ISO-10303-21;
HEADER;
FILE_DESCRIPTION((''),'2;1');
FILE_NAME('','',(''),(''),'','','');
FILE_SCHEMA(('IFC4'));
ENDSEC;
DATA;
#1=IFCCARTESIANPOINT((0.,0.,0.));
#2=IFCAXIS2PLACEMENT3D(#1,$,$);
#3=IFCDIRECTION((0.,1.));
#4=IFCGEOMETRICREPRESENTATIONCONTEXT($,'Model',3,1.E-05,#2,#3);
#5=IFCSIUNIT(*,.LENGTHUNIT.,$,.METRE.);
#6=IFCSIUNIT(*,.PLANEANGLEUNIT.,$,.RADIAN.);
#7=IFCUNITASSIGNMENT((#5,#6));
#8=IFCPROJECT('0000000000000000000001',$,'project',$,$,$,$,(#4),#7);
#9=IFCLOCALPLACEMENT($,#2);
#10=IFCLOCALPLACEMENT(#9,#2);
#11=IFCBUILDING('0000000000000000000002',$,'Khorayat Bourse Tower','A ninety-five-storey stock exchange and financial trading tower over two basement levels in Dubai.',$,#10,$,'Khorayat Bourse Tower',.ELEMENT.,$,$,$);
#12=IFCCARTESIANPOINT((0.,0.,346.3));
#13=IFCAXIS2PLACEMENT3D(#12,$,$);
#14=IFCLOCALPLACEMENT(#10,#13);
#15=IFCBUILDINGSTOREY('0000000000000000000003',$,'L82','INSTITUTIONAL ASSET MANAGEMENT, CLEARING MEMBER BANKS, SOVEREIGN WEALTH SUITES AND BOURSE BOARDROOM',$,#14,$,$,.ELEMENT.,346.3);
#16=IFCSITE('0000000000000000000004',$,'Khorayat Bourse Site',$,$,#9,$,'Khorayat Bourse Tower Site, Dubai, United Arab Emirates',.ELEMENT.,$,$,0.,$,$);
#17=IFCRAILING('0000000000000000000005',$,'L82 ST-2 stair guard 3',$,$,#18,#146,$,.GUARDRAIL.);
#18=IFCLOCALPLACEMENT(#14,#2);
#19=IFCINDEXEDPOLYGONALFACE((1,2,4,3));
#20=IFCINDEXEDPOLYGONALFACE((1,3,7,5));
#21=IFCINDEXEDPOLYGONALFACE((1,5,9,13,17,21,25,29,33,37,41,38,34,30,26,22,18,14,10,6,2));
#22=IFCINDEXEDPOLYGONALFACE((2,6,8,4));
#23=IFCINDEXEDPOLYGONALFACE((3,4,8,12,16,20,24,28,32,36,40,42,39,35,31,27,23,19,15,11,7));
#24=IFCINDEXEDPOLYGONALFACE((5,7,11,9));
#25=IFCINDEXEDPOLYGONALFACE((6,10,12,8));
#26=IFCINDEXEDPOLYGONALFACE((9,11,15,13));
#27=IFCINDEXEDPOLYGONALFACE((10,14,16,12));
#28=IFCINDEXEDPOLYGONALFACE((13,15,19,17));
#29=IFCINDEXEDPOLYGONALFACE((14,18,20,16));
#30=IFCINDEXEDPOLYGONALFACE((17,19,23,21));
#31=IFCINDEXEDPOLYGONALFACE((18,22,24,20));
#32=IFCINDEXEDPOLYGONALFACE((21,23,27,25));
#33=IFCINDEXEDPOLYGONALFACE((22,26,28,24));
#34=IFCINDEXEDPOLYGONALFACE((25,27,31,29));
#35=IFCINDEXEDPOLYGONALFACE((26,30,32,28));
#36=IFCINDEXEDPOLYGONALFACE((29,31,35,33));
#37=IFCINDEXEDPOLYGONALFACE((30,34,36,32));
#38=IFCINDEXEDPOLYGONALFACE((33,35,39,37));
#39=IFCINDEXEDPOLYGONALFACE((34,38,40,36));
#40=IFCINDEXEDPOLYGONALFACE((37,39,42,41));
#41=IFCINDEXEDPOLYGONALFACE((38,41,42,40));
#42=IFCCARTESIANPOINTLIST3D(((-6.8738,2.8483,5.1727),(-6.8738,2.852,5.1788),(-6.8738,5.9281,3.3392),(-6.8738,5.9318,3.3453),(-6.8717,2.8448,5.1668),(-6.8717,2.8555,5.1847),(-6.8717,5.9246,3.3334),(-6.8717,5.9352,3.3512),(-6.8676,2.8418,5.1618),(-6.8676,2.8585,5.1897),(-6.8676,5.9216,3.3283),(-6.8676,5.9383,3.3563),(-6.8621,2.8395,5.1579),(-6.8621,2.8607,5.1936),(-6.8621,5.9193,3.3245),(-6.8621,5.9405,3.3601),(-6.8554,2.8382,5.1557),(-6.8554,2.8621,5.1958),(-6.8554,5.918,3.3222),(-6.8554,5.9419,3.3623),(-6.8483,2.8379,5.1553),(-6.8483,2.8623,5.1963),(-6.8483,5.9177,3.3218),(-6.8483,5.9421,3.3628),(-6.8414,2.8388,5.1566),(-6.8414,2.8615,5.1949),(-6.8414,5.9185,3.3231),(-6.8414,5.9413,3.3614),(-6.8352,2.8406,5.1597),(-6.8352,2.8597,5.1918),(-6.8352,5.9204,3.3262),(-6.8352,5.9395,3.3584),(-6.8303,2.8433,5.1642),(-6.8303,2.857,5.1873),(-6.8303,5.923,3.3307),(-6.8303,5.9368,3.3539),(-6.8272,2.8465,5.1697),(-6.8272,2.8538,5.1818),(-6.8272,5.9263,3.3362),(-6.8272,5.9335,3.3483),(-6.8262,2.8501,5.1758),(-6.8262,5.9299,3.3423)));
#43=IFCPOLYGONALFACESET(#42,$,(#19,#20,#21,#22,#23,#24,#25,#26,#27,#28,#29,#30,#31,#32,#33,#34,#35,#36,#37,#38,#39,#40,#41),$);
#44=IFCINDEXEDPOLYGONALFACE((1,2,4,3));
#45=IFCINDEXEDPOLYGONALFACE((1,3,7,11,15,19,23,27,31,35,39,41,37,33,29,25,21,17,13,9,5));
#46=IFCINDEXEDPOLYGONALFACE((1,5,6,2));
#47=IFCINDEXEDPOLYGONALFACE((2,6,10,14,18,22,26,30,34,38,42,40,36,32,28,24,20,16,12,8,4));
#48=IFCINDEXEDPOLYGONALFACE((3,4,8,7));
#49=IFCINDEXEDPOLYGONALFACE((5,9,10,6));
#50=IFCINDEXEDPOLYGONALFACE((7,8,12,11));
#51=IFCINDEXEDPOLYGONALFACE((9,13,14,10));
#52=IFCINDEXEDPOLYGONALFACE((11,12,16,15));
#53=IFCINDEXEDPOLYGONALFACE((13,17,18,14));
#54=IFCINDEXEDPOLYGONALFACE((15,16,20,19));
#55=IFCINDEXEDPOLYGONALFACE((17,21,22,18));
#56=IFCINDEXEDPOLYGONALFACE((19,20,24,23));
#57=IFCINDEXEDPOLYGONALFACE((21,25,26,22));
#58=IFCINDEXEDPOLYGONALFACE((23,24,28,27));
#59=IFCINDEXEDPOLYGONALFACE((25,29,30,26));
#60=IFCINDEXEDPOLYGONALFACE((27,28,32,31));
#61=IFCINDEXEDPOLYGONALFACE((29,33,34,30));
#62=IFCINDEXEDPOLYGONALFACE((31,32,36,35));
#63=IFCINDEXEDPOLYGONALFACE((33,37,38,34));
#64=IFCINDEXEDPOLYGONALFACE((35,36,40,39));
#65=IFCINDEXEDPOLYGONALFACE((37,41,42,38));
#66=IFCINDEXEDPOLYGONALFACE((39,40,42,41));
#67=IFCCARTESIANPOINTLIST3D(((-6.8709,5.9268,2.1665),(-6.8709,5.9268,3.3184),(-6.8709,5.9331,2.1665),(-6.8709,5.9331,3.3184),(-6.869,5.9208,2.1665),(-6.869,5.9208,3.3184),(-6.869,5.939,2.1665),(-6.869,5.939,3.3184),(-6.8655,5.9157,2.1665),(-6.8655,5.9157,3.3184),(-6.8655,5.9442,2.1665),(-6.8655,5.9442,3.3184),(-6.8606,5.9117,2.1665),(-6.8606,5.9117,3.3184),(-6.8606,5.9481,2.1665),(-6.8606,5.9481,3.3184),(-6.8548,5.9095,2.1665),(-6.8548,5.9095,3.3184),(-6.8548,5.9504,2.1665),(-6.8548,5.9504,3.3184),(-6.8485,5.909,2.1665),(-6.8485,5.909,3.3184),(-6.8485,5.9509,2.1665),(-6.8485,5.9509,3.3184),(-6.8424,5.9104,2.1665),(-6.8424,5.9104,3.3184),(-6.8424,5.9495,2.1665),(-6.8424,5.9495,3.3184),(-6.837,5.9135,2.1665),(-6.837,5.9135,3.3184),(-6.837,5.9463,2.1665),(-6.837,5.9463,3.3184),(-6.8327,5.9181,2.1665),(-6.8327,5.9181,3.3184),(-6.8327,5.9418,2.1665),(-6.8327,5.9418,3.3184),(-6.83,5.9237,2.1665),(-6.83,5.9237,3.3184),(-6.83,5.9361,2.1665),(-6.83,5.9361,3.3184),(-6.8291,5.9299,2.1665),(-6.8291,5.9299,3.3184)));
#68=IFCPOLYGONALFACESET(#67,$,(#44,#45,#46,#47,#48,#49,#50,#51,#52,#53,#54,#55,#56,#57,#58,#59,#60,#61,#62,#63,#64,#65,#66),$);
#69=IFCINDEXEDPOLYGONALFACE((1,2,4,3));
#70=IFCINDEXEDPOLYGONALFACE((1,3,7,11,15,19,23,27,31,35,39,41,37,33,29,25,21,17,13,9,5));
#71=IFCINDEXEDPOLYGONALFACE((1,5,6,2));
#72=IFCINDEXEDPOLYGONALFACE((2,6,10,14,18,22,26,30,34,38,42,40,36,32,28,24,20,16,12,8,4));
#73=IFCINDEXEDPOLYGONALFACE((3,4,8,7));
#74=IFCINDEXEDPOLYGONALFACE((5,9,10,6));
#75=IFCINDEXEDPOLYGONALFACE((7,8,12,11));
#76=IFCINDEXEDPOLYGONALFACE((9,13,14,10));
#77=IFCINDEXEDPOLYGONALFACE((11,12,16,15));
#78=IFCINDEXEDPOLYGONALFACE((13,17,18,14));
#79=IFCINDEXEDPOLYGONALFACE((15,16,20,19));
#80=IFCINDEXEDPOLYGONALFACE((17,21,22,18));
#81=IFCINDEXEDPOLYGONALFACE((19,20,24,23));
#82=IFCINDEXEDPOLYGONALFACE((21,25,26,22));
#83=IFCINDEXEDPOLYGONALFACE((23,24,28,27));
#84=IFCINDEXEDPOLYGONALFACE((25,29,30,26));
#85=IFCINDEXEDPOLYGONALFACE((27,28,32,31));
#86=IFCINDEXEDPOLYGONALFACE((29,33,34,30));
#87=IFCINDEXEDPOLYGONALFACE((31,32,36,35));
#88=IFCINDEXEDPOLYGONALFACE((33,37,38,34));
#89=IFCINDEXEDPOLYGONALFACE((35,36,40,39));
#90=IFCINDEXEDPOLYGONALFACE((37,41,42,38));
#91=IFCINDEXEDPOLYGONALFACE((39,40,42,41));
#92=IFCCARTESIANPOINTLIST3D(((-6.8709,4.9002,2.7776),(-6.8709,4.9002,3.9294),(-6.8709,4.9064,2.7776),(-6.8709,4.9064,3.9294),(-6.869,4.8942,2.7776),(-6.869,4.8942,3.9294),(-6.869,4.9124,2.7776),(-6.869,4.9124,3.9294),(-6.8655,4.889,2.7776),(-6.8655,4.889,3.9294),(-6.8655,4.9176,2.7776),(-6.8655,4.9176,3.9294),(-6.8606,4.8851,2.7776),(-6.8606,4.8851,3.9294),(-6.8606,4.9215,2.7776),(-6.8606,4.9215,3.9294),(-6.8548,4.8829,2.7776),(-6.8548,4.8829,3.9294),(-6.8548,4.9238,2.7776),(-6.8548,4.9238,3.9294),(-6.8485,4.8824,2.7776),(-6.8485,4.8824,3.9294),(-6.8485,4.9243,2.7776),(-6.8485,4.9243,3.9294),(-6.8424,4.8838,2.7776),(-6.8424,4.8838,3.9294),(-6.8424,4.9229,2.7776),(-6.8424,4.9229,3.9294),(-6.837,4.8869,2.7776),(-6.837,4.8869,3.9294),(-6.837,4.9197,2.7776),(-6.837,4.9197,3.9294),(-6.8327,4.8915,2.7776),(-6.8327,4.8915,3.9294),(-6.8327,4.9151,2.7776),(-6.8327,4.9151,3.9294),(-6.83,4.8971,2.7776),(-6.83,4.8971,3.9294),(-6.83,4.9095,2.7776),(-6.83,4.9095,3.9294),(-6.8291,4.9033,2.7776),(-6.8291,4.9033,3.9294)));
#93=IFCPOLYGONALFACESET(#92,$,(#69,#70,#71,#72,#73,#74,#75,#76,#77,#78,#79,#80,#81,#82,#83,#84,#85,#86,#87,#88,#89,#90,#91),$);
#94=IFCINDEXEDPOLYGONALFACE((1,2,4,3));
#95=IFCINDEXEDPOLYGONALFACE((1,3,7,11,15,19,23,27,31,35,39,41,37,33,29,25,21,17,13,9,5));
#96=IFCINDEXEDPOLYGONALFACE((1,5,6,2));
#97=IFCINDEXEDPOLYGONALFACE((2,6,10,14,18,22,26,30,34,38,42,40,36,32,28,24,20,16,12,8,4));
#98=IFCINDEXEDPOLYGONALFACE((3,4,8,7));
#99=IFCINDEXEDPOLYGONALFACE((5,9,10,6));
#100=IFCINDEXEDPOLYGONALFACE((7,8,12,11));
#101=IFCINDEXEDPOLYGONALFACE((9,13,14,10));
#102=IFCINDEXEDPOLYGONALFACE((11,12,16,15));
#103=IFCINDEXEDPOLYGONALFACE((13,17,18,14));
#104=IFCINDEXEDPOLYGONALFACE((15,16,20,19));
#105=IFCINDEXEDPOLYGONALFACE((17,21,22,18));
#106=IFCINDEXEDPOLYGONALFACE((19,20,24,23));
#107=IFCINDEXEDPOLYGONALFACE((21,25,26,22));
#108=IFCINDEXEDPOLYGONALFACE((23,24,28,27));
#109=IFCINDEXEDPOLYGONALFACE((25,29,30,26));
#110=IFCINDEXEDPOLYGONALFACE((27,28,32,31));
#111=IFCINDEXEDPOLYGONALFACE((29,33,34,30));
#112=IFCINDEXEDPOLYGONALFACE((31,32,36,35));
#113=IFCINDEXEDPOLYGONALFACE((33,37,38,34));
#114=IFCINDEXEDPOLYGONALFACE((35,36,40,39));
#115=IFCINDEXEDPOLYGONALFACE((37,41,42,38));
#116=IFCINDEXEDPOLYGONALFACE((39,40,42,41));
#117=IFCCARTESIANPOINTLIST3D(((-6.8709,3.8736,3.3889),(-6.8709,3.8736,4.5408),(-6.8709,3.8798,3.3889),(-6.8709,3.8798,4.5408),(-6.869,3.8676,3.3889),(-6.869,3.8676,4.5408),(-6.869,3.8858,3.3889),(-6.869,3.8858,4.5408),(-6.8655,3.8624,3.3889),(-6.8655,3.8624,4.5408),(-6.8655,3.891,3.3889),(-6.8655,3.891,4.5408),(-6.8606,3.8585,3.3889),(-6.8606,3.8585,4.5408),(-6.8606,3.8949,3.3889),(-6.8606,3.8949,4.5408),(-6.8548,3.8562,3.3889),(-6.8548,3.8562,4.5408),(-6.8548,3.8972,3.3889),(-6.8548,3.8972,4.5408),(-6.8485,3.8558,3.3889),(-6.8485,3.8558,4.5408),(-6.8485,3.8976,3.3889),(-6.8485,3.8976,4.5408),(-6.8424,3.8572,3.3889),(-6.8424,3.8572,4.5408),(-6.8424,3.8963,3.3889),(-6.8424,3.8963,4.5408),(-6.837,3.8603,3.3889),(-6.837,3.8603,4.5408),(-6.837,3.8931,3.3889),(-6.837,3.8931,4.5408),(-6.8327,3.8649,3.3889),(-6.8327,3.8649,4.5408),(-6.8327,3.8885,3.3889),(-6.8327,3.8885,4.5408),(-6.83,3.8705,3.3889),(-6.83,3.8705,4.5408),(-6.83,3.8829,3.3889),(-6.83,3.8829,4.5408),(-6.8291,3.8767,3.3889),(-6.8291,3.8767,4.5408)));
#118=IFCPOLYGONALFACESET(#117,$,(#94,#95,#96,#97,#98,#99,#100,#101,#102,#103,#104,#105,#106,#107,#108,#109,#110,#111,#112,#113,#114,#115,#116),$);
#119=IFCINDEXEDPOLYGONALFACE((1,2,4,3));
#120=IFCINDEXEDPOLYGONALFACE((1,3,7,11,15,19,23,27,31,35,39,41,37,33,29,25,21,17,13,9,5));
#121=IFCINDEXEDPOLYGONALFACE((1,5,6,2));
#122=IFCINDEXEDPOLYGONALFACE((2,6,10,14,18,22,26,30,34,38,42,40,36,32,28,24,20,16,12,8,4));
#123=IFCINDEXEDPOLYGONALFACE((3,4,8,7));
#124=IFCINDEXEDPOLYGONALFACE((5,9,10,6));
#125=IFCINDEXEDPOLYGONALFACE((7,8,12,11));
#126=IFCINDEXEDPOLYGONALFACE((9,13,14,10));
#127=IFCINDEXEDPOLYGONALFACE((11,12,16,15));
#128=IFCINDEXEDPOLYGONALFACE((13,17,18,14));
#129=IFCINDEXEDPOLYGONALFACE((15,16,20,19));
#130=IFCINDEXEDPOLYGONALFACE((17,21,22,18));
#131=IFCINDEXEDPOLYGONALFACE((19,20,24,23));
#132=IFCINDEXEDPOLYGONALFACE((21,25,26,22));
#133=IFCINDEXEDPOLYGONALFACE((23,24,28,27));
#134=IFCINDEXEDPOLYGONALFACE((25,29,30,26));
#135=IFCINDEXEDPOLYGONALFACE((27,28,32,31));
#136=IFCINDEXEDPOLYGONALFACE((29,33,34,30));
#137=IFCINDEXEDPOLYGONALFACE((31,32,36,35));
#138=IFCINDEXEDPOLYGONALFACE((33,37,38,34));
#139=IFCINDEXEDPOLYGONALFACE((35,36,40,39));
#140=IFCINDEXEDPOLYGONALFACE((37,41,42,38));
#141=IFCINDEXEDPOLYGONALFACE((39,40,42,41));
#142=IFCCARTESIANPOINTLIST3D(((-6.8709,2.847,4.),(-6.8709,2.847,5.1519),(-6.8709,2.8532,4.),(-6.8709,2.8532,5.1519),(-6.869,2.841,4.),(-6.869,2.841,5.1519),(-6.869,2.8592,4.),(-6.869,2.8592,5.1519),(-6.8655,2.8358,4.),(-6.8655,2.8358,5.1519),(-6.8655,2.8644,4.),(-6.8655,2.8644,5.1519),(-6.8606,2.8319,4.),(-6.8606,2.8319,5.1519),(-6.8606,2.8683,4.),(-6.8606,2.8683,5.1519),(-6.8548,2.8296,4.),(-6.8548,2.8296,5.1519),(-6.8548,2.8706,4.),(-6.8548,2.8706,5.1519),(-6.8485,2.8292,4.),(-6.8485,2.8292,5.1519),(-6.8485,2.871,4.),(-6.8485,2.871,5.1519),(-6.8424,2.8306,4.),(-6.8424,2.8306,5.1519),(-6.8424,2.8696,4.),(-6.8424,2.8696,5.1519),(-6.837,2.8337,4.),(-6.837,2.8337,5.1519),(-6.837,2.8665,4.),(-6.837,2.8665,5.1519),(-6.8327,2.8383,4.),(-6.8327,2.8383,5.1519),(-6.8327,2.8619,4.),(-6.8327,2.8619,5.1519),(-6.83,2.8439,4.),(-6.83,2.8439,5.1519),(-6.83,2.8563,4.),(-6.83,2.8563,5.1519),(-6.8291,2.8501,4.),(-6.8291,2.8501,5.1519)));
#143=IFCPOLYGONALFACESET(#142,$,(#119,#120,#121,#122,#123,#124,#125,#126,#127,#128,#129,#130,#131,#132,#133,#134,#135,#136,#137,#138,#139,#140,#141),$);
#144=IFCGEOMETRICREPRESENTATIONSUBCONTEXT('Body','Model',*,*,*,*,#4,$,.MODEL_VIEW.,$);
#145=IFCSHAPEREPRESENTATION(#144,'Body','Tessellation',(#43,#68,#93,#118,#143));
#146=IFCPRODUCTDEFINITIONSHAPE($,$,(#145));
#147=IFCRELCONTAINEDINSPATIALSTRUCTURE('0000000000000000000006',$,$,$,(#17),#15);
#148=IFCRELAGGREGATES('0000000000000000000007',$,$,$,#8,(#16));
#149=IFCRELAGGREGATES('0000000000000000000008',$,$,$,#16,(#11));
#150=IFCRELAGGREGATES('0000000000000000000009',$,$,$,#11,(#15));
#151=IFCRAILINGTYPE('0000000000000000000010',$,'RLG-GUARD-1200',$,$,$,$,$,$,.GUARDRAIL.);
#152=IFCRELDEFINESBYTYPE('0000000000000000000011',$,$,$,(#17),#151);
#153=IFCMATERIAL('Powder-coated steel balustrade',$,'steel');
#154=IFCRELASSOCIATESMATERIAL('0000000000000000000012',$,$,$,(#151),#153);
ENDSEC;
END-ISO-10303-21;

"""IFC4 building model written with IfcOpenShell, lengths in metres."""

from ifc_helpers import new_model, si_unit, direction, frame, origin, origin_2d, place, context, subcontext, project, spatial, circle, extrude, source, transform, mapped, material, type_object, element, save


model = new_model("IFC4")

# Units and contexts
model_context = context("Model", 3, precision=1e-05, world=origin(), true_north=direction((0.0, 1.0)))
body_context = subcontext(model_context, "Body", "Model", "MODEL_VIEW")
ifc_project = project(units=[si_unit("LENGTHUNIT", "METRE"), si_unit("PLANEANGLEUNIT", "RADIAN")], contexts=[model_context])

# Site, building, storey
site_placement = place(None, origin())
site = spatial("IfcSite", under=ifc_project, at=site_placement, Name="Khorayat Bourse Site", LongName="Khorayat Bourse Tower Site, Dubai, United Arab Emirates", CompositionType="ELEMENT", RefElevation=0.0)
building_placement = place(site_placement, origin())
building = spatial("IfcBuilding", under=site, at=building_placement, Name="Khorayat Bourse Tower", Description="A ninety-five-storey stock exchange and financial trading tower over two basement levels in Dubai.", LongName="Khorayat Bourse Tower", CompositionType="ELEMENT")
storey_placement = place(building_placement, frame((0.0, 0.0, 346.3)))
storey = spatial("IfcBuildingStorey", under=building, at=storey_placement, Name="L82", Description="INSTITUTIONAL ASSET MANAGEMENT, CLEARING MEMBER BANKS, SOVEREIGN WEALTH SUITES AND BOURSE BOARDROOM", CompositionType="ELEMENT", Elevation=346.3)

# Railing
ifc_material_1 = material(Name="Powder-coated steel balustrade", Category="steel")
railing_type_1 = type_object("IfcRailingType", Name="RLG-GUARD-1200", PredefinedType="GUARDRAIL", material=ifc_material_1)
shared_shape_1 = source(origin(), body_context, "Body", "SweptSolid", [
    extrude(circle(Radius=0.0239, at=origin_2d()), frame((0.0, 0.0, 1.1758), z_axis=(0.0, -0.859261, 0.511538), x_axis=(1.0, 0.0, 0.0)), (0.0, 0.0, 1.0), 3.5842),
    extrude(circle(Radius=0.021, at=origin_2d()), origin(), (0.0, 0.0, 1.0), 1.1519),
    extrude(circle(Radius=0.021, at=origin_2d()), frame((0.0, -1.0266, 0.6111)), (0.0, 0.0, 1.0), 1.1519),
    extrude(circle(Radius=0.021, at=origin_2d()), frame((0.0, -2.0532, 1.2224)), (0.0, 0.0, 1.0), 1.1519),
    extrude(circle(Radius=0.021, at=origin_2d()), frame((0.0, -3.0798, 1.8335)), (0.0, 0.0, 1.0), 1.1519),
])
railing_1_placement = place(storey_placement, frame((-6.8501, 5.9299, 2.1665)))
element("IfcRailing", 1, at=railing_1_placement, inside=storey, type_object=railing_type_1, Name="L82 ST-2 stair guard 3", PredefinedType="GUARDRAIL", context=body_context, shape_type="MappedRepresentation", body=[
    mapped(shared_shape_1, transform((0.0, 0.0, 0.0), scale=1.0)),
])

save(model, "model.ifc")
